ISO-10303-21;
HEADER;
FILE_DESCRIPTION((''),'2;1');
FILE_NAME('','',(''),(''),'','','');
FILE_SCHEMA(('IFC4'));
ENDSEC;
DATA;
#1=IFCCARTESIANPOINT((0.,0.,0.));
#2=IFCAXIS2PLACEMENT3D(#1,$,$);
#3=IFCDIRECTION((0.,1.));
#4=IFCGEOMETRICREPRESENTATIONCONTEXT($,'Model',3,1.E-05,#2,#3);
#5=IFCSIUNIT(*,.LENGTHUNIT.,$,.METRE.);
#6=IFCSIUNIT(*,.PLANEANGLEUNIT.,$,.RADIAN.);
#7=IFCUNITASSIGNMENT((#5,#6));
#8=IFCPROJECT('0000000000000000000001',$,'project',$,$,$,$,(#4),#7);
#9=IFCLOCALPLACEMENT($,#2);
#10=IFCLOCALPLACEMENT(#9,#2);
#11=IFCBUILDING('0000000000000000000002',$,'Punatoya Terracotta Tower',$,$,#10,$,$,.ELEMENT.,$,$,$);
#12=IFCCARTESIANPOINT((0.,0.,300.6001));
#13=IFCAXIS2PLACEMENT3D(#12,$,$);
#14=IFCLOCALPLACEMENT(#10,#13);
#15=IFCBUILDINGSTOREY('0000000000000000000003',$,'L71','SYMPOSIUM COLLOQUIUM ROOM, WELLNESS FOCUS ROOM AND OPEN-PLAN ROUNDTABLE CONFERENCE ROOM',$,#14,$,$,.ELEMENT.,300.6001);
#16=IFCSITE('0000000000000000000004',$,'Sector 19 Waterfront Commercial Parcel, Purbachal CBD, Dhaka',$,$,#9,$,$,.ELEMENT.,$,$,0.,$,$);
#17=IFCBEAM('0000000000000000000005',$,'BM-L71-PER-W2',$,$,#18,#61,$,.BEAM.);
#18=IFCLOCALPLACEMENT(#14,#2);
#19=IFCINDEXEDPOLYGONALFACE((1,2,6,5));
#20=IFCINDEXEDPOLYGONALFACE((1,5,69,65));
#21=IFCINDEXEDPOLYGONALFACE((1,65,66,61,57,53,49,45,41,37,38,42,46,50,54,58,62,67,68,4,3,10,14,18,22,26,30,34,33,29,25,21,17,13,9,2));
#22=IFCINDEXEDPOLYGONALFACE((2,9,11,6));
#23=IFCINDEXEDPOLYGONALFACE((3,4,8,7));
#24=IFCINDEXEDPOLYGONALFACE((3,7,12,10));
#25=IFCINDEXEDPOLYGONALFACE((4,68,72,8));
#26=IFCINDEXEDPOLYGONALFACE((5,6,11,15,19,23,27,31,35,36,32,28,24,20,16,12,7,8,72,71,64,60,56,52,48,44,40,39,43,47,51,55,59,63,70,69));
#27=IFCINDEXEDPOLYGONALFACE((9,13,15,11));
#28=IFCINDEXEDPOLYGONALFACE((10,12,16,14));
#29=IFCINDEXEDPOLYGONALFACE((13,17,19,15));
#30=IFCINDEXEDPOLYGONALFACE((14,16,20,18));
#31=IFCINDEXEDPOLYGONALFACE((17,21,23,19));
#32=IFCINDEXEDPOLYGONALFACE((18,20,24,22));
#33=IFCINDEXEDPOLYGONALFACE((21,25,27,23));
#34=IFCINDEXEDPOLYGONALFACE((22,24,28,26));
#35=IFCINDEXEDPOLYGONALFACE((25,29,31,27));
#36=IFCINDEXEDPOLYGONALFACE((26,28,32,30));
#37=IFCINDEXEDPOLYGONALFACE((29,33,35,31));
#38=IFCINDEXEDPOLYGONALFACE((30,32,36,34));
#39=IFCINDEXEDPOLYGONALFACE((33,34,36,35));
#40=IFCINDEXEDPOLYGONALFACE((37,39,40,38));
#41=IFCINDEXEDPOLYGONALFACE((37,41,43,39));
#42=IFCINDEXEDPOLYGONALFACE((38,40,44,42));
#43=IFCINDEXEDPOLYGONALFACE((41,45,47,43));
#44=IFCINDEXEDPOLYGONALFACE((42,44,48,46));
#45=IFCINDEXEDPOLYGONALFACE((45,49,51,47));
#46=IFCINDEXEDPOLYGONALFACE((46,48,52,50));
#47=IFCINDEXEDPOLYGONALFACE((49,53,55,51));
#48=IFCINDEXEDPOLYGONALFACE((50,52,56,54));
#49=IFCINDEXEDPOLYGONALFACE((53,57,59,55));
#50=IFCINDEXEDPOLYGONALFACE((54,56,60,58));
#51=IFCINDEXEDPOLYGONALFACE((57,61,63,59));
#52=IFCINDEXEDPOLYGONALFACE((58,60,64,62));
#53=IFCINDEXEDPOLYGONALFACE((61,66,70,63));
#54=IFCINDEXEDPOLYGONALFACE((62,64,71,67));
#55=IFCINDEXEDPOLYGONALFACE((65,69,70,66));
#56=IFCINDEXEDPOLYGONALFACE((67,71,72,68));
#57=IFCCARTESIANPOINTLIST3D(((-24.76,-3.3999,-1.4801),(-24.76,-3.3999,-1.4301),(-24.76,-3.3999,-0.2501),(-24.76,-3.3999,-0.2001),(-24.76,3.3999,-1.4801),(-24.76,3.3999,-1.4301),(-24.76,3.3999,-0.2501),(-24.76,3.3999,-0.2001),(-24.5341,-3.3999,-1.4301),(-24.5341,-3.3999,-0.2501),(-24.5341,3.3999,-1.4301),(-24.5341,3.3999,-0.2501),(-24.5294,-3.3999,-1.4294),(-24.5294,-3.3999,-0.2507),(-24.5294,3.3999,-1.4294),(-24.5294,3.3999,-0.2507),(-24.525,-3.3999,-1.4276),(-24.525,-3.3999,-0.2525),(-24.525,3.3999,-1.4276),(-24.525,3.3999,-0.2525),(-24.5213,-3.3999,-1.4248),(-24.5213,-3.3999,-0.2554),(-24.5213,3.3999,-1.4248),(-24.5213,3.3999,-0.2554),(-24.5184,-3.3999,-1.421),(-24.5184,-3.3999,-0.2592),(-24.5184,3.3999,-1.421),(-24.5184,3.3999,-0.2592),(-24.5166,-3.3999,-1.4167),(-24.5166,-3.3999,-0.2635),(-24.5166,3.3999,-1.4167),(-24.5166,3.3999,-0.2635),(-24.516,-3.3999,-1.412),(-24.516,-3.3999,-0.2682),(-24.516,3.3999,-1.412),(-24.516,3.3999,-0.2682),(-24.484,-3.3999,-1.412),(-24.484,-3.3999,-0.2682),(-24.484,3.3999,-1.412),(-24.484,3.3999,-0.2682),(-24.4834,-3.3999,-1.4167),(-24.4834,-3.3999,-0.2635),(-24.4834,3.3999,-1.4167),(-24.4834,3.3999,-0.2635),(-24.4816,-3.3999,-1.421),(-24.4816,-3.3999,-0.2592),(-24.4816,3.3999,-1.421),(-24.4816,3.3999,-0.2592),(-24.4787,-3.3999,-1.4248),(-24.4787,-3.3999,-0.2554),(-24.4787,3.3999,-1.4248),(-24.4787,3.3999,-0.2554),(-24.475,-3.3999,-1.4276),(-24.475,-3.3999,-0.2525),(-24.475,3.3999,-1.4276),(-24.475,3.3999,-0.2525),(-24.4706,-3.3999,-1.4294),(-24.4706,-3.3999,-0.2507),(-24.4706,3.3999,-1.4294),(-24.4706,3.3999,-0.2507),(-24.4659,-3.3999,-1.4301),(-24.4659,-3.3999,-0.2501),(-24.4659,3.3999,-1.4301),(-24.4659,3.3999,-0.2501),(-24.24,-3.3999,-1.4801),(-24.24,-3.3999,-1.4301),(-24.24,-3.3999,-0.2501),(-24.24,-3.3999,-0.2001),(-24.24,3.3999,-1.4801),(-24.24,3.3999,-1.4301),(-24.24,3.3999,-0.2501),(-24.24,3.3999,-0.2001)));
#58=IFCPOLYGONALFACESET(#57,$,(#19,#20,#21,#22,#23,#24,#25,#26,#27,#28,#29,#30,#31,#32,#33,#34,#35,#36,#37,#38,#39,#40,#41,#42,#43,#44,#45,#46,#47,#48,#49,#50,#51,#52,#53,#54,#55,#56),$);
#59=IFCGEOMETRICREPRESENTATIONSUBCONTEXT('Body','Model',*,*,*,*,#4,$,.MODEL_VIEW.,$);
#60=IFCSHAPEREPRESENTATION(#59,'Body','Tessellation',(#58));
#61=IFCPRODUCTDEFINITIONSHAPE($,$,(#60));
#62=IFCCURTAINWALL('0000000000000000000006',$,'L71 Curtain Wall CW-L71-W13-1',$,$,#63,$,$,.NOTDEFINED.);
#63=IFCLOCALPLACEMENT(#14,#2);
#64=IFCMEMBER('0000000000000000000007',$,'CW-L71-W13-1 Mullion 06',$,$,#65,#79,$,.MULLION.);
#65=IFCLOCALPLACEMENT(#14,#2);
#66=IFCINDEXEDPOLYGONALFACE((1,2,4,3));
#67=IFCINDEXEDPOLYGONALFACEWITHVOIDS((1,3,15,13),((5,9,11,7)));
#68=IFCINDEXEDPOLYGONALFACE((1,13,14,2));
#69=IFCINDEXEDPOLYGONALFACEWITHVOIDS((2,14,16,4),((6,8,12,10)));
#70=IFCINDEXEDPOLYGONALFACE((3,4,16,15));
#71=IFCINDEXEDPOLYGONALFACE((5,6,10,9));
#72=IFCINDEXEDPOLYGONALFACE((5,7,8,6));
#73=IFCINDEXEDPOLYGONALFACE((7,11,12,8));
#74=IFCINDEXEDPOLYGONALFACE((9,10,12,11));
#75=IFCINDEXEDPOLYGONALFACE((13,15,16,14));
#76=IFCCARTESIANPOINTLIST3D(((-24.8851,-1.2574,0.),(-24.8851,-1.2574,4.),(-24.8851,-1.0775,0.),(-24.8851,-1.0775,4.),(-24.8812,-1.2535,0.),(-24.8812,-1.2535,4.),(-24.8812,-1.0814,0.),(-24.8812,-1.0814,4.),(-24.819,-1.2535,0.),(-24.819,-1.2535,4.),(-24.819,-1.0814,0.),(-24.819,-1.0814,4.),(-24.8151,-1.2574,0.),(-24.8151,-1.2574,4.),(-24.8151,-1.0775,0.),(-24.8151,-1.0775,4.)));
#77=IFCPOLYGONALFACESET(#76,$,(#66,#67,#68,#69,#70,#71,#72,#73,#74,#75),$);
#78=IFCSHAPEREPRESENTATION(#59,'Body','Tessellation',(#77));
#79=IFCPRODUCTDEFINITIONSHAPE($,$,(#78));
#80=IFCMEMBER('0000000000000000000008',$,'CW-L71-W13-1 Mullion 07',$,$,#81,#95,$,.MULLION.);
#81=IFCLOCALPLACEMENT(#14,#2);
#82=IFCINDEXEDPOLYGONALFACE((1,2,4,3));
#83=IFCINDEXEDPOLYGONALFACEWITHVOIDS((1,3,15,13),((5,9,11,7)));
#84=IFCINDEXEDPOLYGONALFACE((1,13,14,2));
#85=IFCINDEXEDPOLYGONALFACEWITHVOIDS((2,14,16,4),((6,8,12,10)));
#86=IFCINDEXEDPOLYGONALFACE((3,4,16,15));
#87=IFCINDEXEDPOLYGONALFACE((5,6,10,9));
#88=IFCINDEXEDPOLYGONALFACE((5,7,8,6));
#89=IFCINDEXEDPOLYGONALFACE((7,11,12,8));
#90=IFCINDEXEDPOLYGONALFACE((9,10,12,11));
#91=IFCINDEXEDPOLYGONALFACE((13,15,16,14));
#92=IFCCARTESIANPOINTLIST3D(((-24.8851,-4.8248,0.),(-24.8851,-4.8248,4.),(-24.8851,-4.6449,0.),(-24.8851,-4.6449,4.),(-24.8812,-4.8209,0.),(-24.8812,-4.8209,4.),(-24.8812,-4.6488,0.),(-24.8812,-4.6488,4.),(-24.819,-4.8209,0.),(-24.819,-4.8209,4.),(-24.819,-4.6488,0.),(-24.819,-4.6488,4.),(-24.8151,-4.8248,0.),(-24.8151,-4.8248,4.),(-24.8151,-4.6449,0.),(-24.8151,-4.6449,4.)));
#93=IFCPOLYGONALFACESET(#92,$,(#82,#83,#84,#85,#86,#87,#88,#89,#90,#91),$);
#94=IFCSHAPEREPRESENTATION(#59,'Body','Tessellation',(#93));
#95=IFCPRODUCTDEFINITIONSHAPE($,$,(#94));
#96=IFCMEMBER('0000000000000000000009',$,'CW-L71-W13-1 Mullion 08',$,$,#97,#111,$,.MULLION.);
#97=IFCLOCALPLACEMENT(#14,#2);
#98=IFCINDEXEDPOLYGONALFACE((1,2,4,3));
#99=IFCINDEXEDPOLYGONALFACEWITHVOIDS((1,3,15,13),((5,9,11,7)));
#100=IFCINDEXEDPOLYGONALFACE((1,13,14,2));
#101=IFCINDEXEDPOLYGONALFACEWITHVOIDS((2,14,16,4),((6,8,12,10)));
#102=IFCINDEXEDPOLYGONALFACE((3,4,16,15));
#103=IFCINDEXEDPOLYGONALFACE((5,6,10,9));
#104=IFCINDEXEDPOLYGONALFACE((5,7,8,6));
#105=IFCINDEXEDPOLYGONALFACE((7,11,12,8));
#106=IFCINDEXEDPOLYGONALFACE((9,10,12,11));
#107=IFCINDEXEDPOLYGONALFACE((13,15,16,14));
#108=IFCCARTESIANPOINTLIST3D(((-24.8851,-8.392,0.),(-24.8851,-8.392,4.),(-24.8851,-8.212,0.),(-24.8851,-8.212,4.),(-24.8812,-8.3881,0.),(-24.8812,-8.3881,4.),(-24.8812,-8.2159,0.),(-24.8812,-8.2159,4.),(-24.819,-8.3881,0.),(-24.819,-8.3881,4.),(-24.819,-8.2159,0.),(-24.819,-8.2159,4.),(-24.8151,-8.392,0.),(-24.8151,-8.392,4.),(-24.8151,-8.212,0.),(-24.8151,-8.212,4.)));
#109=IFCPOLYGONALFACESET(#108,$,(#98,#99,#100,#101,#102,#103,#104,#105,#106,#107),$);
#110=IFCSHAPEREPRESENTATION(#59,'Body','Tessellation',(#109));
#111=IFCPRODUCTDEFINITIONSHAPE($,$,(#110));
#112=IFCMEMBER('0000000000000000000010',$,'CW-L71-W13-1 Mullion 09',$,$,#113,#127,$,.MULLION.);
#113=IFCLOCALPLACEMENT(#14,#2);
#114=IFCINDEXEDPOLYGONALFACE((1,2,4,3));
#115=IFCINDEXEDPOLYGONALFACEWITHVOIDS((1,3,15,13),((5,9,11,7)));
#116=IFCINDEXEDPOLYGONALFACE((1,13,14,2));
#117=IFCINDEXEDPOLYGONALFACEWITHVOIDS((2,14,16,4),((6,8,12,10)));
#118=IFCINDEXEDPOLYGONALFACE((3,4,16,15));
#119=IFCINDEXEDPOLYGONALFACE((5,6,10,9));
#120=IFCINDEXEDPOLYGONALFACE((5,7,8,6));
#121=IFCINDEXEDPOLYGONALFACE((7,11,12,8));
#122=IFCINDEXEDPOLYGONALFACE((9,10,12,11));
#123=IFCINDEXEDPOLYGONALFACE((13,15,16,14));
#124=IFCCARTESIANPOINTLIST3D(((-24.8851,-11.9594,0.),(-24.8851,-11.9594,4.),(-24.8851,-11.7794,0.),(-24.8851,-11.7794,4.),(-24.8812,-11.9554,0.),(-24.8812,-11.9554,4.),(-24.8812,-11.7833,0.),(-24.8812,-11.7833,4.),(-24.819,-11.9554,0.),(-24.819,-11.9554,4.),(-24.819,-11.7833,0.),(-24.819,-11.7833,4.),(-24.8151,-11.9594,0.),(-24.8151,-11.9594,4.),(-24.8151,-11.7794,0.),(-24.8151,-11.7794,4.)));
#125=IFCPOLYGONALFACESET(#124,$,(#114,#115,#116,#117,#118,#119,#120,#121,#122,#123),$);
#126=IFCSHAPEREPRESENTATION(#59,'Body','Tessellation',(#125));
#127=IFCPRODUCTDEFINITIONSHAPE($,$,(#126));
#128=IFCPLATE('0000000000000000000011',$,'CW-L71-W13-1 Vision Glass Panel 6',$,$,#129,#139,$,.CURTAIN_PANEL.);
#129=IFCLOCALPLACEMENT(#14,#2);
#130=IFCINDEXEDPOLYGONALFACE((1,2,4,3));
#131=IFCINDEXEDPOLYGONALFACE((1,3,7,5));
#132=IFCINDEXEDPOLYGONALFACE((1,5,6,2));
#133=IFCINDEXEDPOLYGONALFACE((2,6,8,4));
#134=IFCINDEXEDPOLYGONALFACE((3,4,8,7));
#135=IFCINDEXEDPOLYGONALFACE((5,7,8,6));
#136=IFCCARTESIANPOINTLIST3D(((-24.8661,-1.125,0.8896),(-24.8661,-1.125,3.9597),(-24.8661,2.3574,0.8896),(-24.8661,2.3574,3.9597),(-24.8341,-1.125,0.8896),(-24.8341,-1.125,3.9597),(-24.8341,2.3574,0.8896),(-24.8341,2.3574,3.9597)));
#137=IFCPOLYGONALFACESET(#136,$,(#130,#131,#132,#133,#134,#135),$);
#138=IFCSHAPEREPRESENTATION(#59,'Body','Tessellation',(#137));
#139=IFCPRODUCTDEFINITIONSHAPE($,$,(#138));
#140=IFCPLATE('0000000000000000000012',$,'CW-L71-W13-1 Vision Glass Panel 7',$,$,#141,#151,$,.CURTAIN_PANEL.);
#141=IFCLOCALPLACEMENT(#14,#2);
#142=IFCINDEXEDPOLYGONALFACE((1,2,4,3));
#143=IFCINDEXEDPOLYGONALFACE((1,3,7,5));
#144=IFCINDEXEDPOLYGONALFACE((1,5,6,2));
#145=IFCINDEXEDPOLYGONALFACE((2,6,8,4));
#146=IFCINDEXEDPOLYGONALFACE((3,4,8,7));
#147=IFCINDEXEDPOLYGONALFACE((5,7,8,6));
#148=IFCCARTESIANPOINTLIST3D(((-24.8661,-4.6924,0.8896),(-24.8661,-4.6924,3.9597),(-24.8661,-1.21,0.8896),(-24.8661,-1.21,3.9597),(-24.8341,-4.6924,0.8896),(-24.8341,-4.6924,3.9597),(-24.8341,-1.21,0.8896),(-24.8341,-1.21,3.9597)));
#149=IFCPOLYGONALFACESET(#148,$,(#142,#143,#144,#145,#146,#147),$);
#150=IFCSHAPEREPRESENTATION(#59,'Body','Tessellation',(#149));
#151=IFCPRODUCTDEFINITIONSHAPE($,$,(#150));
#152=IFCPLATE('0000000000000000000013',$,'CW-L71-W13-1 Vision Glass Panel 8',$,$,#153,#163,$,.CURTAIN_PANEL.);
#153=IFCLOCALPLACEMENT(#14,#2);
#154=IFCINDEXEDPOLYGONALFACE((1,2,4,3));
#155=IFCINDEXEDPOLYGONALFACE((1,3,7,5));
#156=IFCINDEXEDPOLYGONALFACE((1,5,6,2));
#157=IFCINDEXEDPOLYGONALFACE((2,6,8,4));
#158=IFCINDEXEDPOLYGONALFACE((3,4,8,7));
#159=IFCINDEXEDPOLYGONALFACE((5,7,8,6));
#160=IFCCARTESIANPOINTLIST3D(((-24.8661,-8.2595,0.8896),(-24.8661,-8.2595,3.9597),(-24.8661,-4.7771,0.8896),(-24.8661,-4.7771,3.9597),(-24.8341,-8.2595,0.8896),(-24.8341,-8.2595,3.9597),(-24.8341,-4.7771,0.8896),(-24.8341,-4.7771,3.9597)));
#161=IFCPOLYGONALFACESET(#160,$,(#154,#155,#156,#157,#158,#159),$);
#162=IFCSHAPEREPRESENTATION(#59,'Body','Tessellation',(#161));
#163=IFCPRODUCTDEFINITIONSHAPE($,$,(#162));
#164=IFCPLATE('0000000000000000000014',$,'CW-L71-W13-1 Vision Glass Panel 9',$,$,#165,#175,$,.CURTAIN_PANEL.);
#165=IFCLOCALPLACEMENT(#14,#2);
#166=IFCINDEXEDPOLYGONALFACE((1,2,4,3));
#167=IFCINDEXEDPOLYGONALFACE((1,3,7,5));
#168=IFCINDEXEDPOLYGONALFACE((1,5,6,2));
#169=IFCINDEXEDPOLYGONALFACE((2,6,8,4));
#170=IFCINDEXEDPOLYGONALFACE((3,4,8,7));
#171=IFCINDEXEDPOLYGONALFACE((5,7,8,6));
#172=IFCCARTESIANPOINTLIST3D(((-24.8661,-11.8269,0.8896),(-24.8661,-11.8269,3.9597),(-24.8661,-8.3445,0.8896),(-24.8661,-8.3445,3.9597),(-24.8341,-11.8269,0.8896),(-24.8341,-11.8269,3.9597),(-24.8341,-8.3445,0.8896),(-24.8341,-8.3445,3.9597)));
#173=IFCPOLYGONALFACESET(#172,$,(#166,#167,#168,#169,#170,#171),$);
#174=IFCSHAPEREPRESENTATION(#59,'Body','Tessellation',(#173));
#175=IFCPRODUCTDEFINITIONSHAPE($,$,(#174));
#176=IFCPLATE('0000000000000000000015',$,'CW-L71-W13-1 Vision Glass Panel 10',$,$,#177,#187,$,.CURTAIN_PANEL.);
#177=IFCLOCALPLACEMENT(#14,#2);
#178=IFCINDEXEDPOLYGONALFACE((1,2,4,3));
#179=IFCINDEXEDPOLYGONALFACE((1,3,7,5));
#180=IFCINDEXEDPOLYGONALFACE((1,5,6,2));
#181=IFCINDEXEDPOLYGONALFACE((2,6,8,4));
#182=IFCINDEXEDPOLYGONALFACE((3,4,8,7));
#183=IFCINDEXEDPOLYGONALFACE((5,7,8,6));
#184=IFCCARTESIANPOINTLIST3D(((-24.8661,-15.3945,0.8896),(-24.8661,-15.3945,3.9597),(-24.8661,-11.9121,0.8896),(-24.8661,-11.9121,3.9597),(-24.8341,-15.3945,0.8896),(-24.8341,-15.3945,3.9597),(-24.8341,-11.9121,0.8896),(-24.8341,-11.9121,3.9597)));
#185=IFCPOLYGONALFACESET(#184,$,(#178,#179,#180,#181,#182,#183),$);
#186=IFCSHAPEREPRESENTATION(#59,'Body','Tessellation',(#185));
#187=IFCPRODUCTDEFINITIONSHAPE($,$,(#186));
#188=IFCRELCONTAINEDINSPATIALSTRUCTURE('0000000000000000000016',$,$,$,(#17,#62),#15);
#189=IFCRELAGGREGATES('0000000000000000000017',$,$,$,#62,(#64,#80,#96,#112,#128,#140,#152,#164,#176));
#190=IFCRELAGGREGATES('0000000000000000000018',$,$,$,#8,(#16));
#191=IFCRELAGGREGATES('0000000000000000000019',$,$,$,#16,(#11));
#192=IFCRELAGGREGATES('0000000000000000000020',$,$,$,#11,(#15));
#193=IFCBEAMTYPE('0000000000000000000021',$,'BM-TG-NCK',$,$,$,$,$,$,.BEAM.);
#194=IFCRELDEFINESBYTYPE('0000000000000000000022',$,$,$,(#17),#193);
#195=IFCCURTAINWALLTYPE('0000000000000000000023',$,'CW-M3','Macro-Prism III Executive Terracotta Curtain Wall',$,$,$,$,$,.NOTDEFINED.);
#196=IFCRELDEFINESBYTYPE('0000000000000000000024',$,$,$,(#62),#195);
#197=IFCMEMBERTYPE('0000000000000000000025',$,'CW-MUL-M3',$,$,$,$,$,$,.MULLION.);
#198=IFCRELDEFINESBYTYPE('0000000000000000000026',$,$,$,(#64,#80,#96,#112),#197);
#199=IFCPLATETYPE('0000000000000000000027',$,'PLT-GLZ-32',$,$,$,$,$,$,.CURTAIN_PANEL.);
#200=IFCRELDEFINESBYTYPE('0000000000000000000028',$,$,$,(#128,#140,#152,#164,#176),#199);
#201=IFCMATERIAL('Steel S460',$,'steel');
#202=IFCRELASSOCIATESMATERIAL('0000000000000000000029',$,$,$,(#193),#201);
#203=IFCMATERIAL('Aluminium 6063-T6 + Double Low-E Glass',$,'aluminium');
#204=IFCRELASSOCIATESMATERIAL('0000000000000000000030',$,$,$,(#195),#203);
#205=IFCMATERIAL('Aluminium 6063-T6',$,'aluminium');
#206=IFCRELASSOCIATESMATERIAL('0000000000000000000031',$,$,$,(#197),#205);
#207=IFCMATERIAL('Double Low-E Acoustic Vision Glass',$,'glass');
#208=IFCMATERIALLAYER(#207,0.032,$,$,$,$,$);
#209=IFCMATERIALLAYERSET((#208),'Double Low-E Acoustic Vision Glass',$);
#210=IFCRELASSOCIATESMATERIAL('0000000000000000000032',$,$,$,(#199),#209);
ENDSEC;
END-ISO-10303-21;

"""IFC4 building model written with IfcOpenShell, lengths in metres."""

from ifc_helpers import new_model, si_unit, direction, frame, origin, origin_2d, place, context, subcontext, project, spatial, rectangle, hollow_rectangle, i_section, extrude, material, layer, layer_set, material_profile, profile_set, type_object, element, aggregate, save


model = new_model("IFC4")

# Units and contexts
model_context = context("Model", 3, precision=1e-05, world=origin(), true_north=direction((0.0, 1.0)))
body_context = subcontext(model_context, "Body", "Model", "MODEL_VIEW")
ifc_project = project(units=[si_unit("LENGTHUNIT", "METRE"), si_unit("PLANEANGLEUNIT", "RADIAN")], contexts=[model_context])

# Site, building, storey
site_placement = place(None, origin())
site = spatial("IfcSite", under=ifc_project, at=site_placement, Name="Sector 19 Waterfront Commercial Parcel, Purbachal CBD, Dhaka", CompositionType="ELEMENT", RefElevation=0.0)
building_placement = place(site_placement, origin())
building = spatial("IfcBuilding", under=site, at=building_placement, Name="Punatoya Terracotta Tower", CompositionType="ELEMENT")
storey_placement = place(building_placement, frame((0.0, 0.0, 300.6001)))
storey = spatial("IfcBuildingStorey", under=building, at=storey_placement, Name="L71", Description="SYMPOSIUM COLLOQUIUM ROOM, WELLNESS FOCUS ROOM AND OPEN-PLAN ROUNDTABLE CONFERENCE ROOM", CompositionType="ELEMENT", Elevation=300.6001)

# Shared definitions
ifc_material_1 = material(Name="Steel S460", Category="steel")

# Beam
ifc_material_profile_1 = material_profile(ifc_material_1, i_section(OverallWidth=0.52, OverallDepth=1.28, WebThickness=0.032, FlangeThickness=0.05, FilletRadius=0.0181, at=origin_2d()))
ifc_profile_set_1 = profile_set([ifc_material_profile_1], Name="Steel S460")
beam_type_1 = type_object("IfcBeamType", Name="BM-TG-NCK", PredefinedType="BEAM", material=ifc_profile_set_1)
beam_1_placement = place(storey_placement, frame((-24.5, -3.3999, -0.8401), z_axis=(0.0, 1.0, 0.0), x_axis=(-1.0, 0.0, 0.0)))
element("IfcBeam", 1, at=beam_1_placement, inside=storey, type_object=beam_type_1, Name="BM-L71-PER-W2", PredefinedType="BEAM", context=body_context, shape_type="SweptSolid", body=[
    extrude(i_section(OverallWidth=0.52, OverallDepth=1.28, WebThickness=0.032, FlangeThickness=0.05, FilletRadius=0.0181, at=origin_2d()), origin(), (0.0, 0.0, 1.0), 6.7998),
])

# Curtain wall, members, plates
ifc_material_2 = material(Name="Aluminium 6063-T6 + Double Low-E Glass", Category="aluminium")
curtain_wall_type = type_object("IfcCurtainWallType", Name="CW-M3", Description="Macro-Prism III Executive Terracotta Curtain Wall", PredefinedType="NOTDEFINED", material=ifc_material_2)
curtain_wall_placement = place(storey_placement, origin())
curtain_wall = element("IfcCurtainWall", 2, at=curtain_wall_placement, inside=storey, type_object=curtain_wall_type, Name="L71 Curtain Wall CW-L71-W13-1", PredefinedType="NOTDEFINED")
ifc_material_3 = material(Name="Aluminium 6063-T6", Category="aluminium")
ifc_material_profile_2 = material_profile(ifc_material_3, hollow_rectangle(XDim=0.0701, YDim=0.1799, WallThickness=0.0039, at=origin_2d()))
ifc_profile_set_2 = profile_set([ifc_material_profile_2], Name="Aluminium 6063-T6")
member_type = type_object("IfcMemberType", Name="CW-MUL-M3", PredefinedType="MULLION", material=ifc_profile_set_2)
member_1_placement = place(storey_placement, frame((-24.8501, -1.1675, 0.0), z_axis=(0.0, 0.0, 1.0), x_axis=(1.0, 0.0, 0.0)))
member_1 = element("IfcMember", 3, at=member_1_placement, type_object=member_type, Name="CW-L71-W13-1 Mullion 06", PredefinedType="MULLION", context=body_context, shape_type="SweptSolid", body=[
    extrude(hollow_rectangle(XDim=0.0701, YDim=0.1799, WallThickness=0.0039, at=origin_2d()), origin(), (0.0, 0.0, 1.0), 4.0),
])
member_2_placement = place(storey_placement, frame((-24.8501, -4.7349, 0.0), z_axis=(0.0, 0.0, 1.0), x_axis=(1.0, 0.0, 0.0)))
member_2 = element("IfcMember", 4, at=member_2_placement, type_object=member_type, Name="CW-L71-W13-1 Mullion 07", PredefinedType="MULLION", context=body_context, shape_type="SweptSolid", body=[
    extrude(hollow_rectangle(XDim=0.0701, YDim=0.1799, WallThickness=0.0039, at=origin_2d()), origin(), (0.0, 0.0, 1.0), 4.0),
])
member_3_placement = place(storey_placement, frame((-24.8501, -8.302, 0.0), z_axis=(0.0, 0.0, 1.0), x_axis=(1.0, 0.0, 0.0)))
member_3 = element("IfcMember", 5, at=member_3_placement, type_object=member_type, Name="CW-L71-W13-1 Mullion 08", PredefinedType="MULLION", context=body_context, shape_type="SweptSolid", body=[
    extrude(hollow_rectangle(XDim=0.0701, YDim=0.1799, WallThickness=0.0039, at=origin_2d()), origin(), (0.0, 0.0, 1.0), 4.0),
])
member_4_placement = place(storey_placement, frame((-24.8501, -11.8694, 0.0), z_axis=(0.0, 0.0, 1.0), x_axis=(1.0, 0.0, 0.0)))
member_4 = element("IfcMember", 6, at=member_4_placement, type_object=member_type, Name="CW-L71-W13-1 Mullion 09", PredefinedType="MULLION", context=body_context, shape_type="SweptSolid", body=[
    extrude(hollow_rectangle(XDim=0.0701, YDim=0.1799, WallThickness=0.0039, at=origin_2d()), origin(), (0.0, 0.0, 1.0), 4.0),
])
ifc_material_4 = material(Name="Double Low-E Acoustic Vision Glass", Category="glass")
ifc_layer_1 = layer(ifc_material_4, 0.032)
ifc_layer_set_1 = layer_set([ifc_layer_1], Name="Double Low-E Acoustic Vision Glass")
plate_type_1 = type_object("IfcPlateType", Name="PLT-GLZ-32", PredefinedType="CURTAIN_PANEL", material=ifc_layer_set_1)
plate_1_placement = place(storey_placement, frame((-24.8501, 0.6162, 0.8896), z_axis=(0.0, 0.0, 1.0), x_axis=(0.0, -1.0, 0.0)))
plate_1 = element("IfcPlate", 7, at=plate_1_placement, type_object=plate_type_1, Name="CW-L71-W13-1 Vision Glass Panel 6", PredefinedType="CURTAIN_PANEL", context=body_context, shape_type="SweptSolid", body=[
    extrude(rectangle(XDim=3.4824, YDim=0.032, at=origin_2d()), origin(), (0.0, 0.0, 1.0), 3.0701),
])
plate_2_placement = place(storey_placement, frame((-24.8501, -2.9512, 0.8896), z_axis=(0.0, 0.0, 1.0), x_axis=(0.0, -1.0, 0.0)))
plate_2 = element("IfcPlate", 8, at=plate_2_placement, type_object=plate_type_1, Name="CW-L71-W13-1 Vision Glass Panel 7", PredefinedType="CURTAIN_PANEL", context=body_context, shape_type="SweptSolid", body=[
    extrude(rectangle(XDim=3.4824, YDim=0.032, at=origin_2d()), origin(), (0.0, 0.0, 1.0), 3.0701),
])
plate_3_placement = place(storey_placement, frame((-24.8501, -6.5183, 0.8896), z_axis=(0.0, 0.0, 1.0), x_axis=(0.0, -1.0, 0.0)))
plate_3 = element("IfcPlate", 9, at=plate_3_placement, type_object=plate_type_1, Name="CW-L71-W13-1 Vision Glass Panel 8", PredefinedType="CURTAIN_PANEL", context=body_context, shape_type="SweptSolid", body=[
    extrude(rectangle(XDim=3.4824, YDim=0.032, at=origin_2d()), origin(), (0.0, 0.0, 1.0), 3.0701),
])
plate_4_placement = place(storey_placement, frame((-24.8501, -10.0857, 0.8896), z_axis=(0.0, 0.0, 1.0), x_axis=(0.0, -1.0, 0.0)))
plate_4 = element("IfcPlate", 10, at=plate_4_placement, type_object=plate_type_1, Name="CW-L71-W13-1 Vision Glass Panel 9", PredefinedType="CURTAIN_PANEL", context=body_context, shape_type="SweptSolid", body=[
    extrude(rectangle(XDim=3.4824, YDim=0.032, at=origin_2d()), origin(), (0.0, 0.0, 1.0), 3.0701),
])
plate_5_placement = place(storey_placement, frame((-24.8501, -13.6533, 0.8896), z_axis=(0.0, 0.0, 1.0), x_axis=(0.0, -1.0, 0.0)))
plate_5 = element("IfcPlate", 11, at=plate_5_placement, type_object=plate_type_1, Name="CW-L71-W13-1 Vision Glass Panel 10", PredefinedType="CURTAIN_PANEL", context=body_context, shape_type="SweptSolid", body=[
    extrude(rectangle(XDim=3.4824, YDim=0.032, at=origin_2d()), origin(), (0.0, 0.0, 1.0), 3.0701),
])
aggregate(curtain_wall, [member_1, member_2, member_3, member_4, plate_1, plate_2, plate_3, plate_4, plate_5])

save(model, "model.ifc")
